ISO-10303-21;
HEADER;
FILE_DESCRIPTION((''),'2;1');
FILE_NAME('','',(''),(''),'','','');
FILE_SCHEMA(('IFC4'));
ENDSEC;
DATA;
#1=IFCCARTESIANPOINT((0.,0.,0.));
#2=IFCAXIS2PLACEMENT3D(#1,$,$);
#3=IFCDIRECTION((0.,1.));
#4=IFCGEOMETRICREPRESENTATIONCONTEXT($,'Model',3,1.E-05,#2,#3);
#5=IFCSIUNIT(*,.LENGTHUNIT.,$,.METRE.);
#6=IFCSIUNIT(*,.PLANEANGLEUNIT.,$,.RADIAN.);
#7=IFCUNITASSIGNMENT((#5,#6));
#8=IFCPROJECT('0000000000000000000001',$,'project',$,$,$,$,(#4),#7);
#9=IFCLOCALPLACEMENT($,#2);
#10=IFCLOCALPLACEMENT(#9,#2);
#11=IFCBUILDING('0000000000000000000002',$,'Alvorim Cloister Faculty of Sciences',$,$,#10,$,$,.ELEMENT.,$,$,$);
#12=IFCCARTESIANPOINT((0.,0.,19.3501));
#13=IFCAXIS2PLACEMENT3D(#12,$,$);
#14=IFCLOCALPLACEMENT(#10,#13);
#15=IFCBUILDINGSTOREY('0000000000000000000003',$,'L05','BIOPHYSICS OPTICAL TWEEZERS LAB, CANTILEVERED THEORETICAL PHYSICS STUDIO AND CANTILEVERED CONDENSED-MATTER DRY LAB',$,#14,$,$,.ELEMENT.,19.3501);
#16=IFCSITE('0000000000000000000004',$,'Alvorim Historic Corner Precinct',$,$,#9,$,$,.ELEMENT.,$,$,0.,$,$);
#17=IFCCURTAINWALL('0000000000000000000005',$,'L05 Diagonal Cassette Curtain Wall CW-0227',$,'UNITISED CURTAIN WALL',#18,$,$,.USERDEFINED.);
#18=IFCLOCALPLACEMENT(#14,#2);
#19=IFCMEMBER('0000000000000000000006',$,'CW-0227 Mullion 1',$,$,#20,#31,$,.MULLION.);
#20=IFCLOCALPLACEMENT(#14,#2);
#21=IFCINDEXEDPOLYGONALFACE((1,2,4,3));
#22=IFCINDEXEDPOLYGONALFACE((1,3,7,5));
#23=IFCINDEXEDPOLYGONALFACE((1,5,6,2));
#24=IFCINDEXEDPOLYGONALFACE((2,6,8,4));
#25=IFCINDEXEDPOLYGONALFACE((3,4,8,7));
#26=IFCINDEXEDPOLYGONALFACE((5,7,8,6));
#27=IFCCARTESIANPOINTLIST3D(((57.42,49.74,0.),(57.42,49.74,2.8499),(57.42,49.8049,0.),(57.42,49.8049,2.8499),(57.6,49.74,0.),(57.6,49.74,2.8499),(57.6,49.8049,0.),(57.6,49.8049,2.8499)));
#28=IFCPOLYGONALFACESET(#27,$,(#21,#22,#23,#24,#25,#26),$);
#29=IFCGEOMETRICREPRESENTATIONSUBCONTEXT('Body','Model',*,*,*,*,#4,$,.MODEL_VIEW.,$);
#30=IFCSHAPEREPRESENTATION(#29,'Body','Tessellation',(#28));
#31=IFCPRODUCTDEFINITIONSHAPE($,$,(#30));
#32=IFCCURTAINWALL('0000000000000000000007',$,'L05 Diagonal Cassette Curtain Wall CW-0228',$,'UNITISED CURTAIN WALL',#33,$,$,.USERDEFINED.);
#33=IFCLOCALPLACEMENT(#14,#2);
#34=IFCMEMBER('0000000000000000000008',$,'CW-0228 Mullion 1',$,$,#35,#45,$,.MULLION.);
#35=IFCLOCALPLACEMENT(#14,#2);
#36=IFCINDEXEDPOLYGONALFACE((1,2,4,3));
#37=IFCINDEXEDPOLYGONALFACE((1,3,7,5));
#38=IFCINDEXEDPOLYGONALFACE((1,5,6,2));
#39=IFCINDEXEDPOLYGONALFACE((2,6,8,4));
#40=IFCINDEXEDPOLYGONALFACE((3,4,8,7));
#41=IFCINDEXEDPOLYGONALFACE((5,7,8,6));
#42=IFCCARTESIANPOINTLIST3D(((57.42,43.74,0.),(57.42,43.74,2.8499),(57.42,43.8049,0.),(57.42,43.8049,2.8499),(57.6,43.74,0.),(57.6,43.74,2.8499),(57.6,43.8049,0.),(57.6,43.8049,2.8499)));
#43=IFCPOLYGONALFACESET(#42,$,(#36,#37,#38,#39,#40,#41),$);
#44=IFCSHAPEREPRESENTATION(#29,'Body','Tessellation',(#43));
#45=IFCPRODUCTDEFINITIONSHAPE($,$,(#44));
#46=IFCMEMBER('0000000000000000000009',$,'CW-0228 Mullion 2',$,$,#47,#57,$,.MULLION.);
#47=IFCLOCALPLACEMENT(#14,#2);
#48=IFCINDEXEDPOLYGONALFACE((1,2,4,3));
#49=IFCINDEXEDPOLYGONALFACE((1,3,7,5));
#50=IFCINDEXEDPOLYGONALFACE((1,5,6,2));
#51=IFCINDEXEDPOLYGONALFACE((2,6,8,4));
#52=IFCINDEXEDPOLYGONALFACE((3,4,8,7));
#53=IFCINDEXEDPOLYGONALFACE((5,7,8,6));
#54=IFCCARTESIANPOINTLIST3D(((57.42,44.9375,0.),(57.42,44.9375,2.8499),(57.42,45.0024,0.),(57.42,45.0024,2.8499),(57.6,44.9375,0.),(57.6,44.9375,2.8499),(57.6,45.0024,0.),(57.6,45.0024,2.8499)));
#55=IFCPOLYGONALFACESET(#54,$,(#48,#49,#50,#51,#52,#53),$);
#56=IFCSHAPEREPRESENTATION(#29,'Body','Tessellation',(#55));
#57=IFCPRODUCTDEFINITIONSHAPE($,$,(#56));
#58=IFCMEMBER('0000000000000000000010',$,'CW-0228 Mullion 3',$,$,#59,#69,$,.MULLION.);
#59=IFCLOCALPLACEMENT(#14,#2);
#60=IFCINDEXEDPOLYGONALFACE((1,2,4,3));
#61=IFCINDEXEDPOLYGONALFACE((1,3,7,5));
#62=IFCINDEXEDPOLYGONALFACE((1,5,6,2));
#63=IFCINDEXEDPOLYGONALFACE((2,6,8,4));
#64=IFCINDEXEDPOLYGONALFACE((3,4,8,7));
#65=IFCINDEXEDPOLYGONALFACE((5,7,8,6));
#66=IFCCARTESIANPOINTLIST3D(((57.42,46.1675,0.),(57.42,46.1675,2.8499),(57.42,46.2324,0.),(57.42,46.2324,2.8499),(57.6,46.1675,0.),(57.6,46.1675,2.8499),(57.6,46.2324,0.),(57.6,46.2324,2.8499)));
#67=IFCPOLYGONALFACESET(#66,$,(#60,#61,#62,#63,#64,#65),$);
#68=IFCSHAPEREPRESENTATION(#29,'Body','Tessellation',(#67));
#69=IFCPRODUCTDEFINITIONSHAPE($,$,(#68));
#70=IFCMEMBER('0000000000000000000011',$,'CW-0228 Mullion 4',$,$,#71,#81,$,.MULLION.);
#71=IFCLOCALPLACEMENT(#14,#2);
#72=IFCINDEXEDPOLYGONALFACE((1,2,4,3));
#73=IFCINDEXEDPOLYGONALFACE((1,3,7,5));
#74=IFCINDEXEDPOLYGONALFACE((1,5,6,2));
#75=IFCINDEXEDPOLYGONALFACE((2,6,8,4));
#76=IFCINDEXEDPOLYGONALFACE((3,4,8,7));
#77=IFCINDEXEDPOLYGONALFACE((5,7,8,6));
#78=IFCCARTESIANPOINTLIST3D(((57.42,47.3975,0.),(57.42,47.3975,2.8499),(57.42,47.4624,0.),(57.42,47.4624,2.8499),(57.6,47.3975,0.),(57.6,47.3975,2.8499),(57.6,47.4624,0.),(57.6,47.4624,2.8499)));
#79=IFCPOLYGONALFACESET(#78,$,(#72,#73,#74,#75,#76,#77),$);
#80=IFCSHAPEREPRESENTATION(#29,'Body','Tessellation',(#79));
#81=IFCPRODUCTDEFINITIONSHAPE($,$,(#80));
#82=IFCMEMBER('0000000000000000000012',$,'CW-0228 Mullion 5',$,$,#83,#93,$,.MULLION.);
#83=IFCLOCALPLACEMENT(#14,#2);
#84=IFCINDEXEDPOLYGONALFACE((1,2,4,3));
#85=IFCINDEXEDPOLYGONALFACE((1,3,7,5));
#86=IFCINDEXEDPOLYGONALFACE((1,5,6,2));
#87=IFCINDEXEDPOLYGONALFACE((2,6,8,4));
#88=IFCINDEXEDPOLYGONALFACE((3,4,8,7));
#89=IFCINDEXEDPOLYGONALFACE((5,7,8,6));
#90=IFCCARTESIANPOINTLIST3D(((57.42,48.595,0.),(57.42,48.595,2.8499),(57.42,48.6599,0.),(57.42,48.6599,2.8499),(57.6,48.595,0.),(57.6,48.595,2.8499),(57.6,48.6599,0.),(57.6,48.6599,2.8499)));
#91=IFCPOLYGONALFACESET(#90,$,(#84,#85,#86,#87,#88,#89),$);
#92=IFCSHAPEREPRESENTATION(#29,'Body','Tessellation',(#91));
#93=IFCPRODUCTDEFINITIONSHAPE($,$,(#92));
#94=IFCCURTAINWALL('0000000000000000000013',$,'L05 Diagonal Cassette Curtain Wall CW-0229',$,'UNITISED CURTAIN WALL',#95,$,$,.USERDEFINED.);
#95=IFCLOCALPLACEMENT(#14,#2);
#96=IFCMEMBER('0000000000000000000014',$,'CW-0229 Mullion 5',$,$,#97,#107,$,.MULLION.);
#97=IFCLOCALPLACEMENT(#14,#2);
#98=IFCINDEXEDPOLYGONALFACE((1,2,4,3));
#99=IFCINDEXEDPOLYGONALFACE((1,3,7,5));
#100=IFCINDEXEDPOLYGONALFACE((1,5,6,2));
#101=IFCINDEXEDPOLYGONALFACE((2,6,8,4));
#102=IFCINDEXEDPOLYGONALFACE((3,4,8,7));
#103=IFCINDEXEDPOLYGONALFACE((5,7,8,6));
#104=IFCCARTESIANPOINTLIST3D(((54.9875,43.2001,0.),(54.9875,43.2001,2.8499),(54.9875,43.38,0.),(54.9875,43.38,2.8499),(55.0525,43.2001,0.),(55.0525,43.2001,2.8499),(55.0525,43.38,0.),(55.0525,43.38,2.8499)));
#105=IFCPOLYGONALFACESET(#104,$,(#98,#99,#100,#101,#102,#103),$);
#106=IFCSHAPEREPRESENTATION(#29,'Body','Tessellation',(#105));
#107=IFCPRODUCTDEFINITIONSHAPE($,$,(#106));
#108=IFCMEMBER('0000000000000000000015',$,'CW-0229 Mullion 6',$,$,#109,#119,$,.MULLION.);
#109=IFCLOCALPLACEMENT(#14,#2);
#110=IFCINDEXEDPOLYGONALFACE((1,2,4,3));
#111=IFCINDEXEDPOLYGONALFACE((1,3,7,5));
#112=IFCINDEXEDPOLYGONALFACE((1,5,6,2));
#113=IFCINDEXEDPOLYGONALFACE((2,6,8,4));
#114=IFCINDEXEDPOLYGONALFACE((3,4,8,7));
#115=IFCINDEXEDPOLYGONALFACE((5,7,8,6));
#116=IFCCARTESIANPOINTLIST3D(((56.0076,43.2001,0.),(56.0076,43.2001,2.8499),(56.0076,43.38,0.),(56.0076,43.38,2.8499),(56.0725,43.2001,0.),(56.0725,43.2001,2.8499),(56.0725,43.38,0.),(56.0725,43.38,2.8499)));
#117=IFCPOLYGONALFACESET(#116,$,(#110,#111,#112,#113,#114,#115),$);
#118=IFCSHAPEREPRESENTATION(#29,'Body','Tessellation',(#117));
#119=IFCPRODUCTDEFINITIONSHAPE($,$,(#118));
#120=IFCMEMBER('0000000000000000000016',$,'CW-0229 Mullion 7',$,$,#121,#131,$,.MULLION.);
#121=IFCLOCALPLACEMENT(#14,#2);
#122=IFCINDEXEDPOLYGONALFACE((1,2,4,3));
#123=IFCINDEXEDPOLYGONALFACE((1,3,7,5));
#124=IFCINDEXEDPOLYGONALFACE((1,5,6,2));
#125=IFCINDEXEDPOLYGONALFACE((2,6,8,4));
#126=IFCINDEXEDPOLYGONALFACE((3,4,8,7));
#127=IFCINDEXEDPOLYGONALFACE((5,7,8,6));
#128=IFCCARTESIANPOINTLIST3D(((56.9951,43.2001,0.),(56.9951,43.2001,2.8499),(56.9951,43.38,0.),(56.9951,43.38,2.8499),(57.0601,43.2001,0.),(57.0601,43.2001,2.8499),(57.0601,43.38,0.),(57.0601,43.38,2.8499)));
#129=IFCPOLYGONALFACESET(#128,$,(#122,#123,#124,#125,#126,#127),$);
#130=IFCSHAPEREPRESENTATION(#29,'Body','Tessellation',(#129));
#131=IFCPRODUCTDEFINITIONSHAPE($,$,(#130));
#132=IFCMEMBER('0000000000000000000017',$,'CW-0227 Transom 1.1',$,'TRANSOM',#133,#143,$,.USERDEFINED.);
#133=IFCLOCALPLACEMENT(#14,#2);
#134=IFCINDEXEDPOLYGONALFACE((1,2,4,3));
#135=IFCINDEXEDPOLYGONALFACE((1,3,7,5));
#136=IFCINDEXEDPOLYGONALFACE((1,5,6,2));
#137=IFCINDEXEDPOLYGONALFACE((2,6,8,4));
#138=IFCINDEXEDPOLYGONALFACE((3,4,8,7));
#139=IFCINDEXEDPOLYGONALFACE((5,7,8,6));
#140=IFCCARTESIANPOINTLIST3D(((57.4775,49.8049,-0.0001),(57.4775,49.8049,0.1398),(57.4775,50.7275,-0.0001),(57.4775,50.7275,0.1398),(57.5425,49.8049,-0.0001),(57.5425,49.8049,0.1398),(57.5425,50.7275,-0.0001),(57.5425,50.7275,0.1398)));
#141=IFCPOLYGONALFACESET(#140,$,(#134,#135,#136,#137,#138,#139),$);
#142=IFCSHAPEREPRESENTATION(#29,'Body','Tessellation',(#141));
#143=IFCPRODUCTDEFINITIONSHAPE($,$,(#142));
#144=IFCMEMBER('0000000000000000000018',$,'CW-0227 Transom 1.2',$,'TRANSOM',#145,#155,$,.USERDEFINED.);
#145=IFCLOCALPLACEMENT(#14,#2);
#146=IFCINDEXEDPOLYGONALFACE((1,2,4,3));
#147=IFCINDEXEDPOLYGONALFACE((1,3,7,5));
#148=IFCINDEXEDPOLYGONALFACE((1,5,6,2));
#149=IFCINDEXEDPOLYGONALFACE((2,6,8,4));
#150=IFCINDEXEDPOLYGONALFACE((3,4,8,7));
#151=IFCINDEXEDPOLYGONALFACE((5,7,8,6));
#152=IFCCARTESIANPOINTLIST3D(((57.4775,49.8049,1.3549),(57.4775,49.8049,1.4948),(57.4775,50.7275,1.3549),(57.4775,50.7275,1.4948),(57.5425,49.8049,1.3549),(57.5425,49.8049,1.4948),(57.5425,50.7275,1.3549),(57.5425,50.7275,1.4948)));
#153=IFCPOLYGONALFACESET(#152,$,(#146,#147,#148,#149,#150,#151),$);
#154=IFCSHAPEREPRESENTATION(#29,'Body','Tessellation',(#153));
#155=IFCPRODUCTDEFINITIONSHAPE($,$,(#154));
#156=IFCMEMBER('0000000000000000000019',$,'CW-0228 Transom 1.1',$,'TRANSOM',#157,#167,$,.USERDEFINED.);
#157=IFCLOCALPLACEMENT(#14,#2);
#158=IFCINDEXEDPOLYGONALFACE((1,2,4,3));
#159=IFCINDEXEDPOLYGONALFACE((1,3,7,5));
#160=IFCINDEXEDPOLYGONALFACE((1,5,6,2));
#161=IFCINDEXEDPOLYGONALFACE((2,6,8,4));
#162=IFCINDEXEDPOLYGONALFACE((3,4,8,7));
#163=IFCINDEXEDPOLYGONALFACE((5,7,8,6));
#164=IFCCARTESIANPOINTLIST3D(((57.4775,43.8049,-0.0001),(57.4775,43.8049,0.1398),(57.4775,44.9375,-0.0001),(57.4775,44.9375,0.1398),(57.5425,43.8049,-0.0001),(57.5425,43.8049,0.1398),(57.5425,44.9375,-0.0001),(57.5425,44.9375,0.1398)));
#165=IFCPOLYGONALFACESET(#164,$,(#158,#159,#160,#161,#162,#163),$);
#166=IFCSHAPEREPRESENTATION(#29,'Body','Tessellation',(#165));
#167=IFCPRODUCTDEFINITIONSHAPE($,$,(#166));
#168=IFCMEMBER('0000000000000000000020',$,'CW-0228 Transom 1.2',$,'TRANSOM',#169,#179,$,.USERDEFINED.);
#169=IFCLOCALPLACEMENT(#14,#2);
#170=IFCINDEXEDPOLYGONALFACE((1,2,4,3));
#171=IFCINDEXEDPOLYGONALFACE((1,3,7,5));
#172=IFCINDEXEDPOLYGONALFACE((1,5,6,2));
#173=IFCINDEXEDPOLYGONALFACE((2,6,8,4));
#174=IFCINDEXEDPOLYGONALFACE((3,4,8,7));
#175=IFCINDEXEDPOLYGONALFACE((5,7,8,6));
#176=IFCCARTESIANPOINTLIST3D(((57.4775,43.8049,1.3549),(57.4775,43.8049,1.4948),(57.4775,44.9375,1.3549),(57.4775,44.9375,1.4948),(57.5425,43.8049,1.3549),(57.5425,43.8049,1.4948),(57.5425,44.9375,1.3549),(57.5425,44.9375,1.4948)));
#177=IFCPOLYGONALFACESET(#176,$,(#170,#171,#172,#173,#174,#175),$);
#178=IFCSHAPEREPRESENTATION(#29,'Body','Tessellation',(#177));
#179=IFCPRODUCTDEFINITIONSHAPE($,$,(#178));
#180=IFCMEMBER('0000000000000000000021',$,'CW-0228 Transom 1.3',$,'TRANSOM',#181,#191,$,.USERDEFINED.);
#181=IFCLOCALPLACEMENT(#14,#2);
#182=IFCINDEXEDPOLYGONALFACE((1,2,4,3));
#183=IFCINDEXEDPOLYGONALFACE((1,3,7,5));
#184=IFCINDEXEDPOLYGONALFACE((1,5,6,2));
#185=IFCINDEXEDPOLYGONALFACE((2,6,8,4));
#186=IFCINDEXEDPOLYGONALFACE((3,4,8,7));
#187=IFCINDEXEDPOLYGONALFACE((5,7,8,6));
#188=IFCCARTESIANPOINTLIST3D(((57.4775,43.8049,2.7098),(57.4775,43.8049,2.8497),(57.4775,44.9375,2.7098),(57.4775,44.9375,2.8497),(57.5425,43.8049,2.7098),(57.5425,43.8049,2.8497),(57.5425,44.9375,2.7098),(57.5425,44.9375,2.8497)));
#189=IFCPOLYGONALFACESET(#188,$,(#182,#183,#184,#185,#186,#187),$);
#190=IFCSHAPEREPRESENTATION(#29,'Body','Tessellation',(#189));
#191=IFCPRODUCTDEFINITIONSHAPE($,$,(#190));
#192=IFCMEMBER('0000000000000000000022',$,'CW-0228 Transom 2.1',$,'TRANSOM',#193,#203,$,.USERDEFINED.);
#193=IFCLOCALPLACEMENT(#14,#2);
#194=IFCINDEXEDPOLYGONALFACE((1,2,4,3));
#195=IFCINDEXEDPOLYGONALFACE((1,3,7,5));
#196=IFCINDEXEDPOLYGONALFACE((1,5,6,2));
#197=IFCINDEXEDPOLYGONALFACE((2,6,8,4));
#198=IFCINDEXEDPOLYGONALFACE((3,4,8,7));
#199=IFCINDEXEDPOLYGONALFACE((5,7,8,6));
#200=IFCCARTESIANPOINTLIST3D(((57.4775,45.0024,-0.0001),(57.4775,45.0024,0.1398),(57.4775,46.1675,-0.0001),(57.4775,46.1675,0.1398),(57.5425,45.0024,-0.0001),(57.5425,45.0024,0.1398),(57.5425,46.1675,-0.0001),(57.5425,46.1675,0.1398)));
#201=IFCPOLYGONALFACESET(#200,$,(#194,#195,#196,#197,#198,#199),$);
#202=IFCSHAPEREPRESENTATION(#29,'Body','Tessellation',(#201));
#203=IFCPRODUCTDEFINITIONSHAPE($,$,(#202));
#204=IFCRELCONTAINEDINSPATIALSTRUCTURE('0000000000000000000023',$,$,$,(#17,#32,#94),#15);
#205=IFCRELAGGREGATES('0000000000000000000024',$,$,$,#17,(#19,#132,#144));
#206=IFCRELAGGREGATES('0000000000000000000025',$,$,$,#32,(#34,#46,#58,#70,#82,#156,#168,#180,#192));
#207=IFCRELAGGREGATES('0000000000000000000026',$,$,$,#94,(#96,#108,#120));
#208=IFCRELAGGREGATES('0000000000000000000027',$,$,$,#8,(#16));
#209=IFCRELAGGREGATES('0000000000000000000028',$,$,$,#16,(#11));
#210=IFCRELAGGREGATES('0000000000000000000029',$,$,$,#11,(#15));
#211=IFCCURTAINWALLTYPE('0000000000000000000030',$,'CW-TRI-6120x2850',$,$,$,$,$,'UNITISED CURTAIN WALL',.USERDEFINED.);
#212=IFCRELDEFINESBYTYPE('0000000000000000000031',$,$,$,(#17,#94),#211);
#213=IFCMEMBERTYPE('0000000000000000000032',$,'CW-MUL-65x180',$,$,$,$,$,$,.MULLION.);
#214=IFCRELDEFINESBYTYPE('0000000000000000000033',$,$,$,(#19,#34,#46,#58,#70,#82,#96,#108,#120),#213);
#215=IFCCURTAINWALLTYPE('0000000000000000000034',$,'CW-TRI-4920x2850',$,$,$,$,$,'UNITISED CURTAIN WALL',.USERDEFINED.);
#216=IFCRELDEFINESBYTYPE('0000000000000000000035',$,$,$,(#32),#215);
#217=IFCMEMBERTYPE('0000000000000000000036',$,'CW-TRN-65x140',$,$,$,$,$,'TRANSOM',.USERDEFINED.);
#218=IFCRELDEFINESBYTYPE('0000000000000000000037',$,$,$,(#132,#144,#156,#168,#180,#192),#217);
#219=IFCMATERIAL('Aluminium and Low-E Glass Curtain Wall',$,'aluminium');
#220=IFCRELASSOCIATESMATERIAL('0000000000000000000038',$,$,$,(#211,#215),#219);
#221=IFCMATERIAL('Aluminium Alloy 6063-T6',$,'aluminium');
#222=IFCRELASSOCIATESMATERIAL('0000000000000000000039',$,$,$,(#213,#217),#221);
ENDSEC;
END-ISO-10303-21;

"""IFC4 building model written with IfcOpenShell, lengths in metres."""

from ifc_helpers import new_model, si_unit, direction, frame, origin, origin_2d, place, context, subcontext, project, spatial, rectangle, extrude, material, material_profile, profile_set, type_object, element, aggregate, save


model = new_model("IFC4")

# Units and contexts
model_context = context("Model", 3, precision=1e-05, world=origin(), true_north=direction((0.0, 1.0)))
body_context = subcontext(model_context, "Body", "Model", "MODEL_VIEW")
ifc_project = project(units=[si_unit("LENGTHUNIT", "METRE"), si_unit("PLANEANGLEUNIT", "RADIAN")], contexts=[model_context])

# Site, building, storey
site_placement = place(None, origin())
site = spatial("IfcSite", under=ifc_project, at=site_placement, Name="Alvorim Historic Corner Precinct", CompositionType="ELEMENT", RefElevation=0.0)
building_placement = place(site_placement, origin())
building = spatial("IfcBuilding", under=site, at=building_placement, Name="Alvorim Cloister Faculty of Sciences", CompositionType="ELEMENT")
storey_placement = place(building_placement, frame((0.0, 0.0, 19.3501)))
storey = spatial("IfcBuildingStorey", under=building, at=storey_placement, Name="L05", Description="BIOPHYSICS OPTICAL TWEEZERS LAB, CANTILEVERED THEORETICAL PHYSICS STUDIO AND CANTILEVERED CONDENSED-MATTER DRY LAB", CompositionType="ELEMENT", Elevation=19.3501)

# Curtain wall, member
ifc_material_1 = material(Name="Aluminium and Low-E Glass Curtain Wall", Category="aluminium")
curtain_wall_type_1 = type_object("IfcCurtainWallType", Name="CW-TRI-6120x2850", ElementType="UNITISED CURTAIN WALL", PredefinedType="USERDEFINED", material=ifc_material_1)
curtain_wall_1_placement = place(storey_placement, origin())
curtain_wall_1 = element("IfcCurtainWall", 1, at=curtain_wall_1_placement, inside=storey, type_object=curtain_wall_type_1, Name="L05 Diagonal Cassette Curtain Wall CW-0227", ObjectType="UNITISED CURTAIN WALL", PredefinedType="USERDEFINED")
ifc_material_2 = material(Name="Aluminium Alloy 6063-T6", Category="aluminium")
ifc_material_profile_1 = material_profile(ifc_material_2, rectangle(XDim=0.0649, YDim=0.1799, at=origin_2d()), Name="ALU-MUL-65x180")
ifc_profile_set_1 = profile_set([ifc_material_profile_1], Name="Aluminium Alloy 6063-T6")
member_type_1 = type_object("IfcMemberType", Name="CW-MUL-65x180", PredefinedType="MULLION", material=ifc_profile_set_1)
member_1_placement = place(storey_placement, frame((57.51, 49.7725, 0.0), z_axis=(0.0, 0.0, 1.0), x_axis=(0.0, 1.0, 0.0)))
member_1 = element("IfcMember", 2, at=member_1_placement, type_object=member_type_1, Name="CW-0227 Mullion 1", PredefinedType="MULLION", context=body_context, shape_type="SweptSolid", body=[
    extrude(rectangle(XDim=0.0649, YDim=0.1799, at=origin_2d()), origin(), (0.0, 0.0, 1.0), 2.8499),
])

# Curtain walls, members
curtain_wall_type_2 = type_object("IfcCurtainWallType", Name="CW-TRI-4920x2850", ElementType="UNITISED CURTAIN WALL", PredefinedType="USERDEFINED", material=ifc_material_1)
curtain_wall_2_placement = place(storey_placement, origin())
curtain_wall_2 = element("IfcCurtainWall", 3, at=curtain_wall_2_placement, inside=storey, type_object=curtain_wall_type_2, Name="L05 Diagonal Cassette Curtain Wall CW-0228", ObjectType="UNITISED CURTAIN WALL", PredefinedType="USERDEFINED")
member_2_placement = place(storey_placement, frame((57.51, 43.7725, 0.0), z_axis=(0.0, 0.0, 1.0), x_axis=(0.0, 1.0, 0.0)))
member_2 = element("IfcMember", 4, at=member_2_placement, type_object=member_type_1, Name="CW-0228 Mullion 1", PredefinedType="MULLION", context=body_context, shape_type="SweptSolid", body=[
    extrude(rectangle(XDim=0.0649, YDim=0.1799, at=origin_2d()), origin(), (0.0, 0.0, 1.0), 2.8499),
])
member_3_placement = place(storey_placement, frame((57.51, 44.97, 0.0), z_axis=(0.0, 0.0, 1.0), x_axis=(0.0, 1.0, 0.0)))
member_3 = element("IfcMember", 5, at=member_3_placement, type_object=member_type_1, Name="CW-0228 Mullion 2", PredefinedType="MULLION", context=body_context, shape_type="SweptSolid", body=[
    extrude(rectangle(XDim=0.0649, YDim=0.1799, at=origin_2d()), origin(), (0.0, 0.0, 1.0), 2.8499),
])
member_4_placement = place(storey_placement, frame((57.51, 46.2, 0.0), z_axis=(0.0, 0.0, 1.0), x_axis=(0.0, 1.0, 0.0)))
member_4 = element("IfcMember", 6, at=member_4_placement, type_object=member_type_1, Name="CW-0228 Mullion 3", PredefinedType="MULLION", context=body_context, shape_type="SweptSolid", body=[
    extrude(rectangle(XDim=0.0649, YDim=0.1799, at=origin_2d()), origin(), (0.0, 0.0, 1.0), 2.8499),
])
member_5_placement = place(storey_placement, frame((57.51, 47.4299, 0.0), z_axis=(0.0, 0.0, 1.0), x_axis=(0.0, 1.0, 0.0)))
member_5 = element("IfcMember", 7, at=member_5_placement, type_object=member_type_1, Name="CW-0228 Mullion 4", PredefinedType="MULLION", context=body_context, shape_type="SweptSolid", body=[
    extrude(rectangle(XDim=0.0649, YDim=0.1799, at=origin_2d()), origin(), (0.0, 0.0, 1.0), 2.8499),
])
member_6_placement = place(storey_placement, frame((57.51, 48.6274, 0.0), z_axis=(0.0, 0.0, 1.0), x_axis=(0.0, 1.0, 0.0)))
member_6 = element("IfcMember", 8, at=member_6_placement, type_object=member_type_1, Name="CW-0228 Mullion 5", PredefinedType="MULLION", context=body_context, shape_type="SweptSolid", body=[
    extrude(rectangle(XDim=0.0649, YDim=0.1799, at=origin_2d()), origin(), (0.0, 0.0, 1.0), 2.8499),
])
curtain_wall_3_placement = place(storey_placement, origin())
curtain_wall_3 = element("IfcCurtainWall", 9, at=curtain_wall_3_placement, inside=storey, type_object=curtain_wall_type_1, Name="L05 Diagonal Cassette Curtain Wall CW-0229", ObjectType="UNITISED CURTAIN WALL", PredefinedType="USERDEFINED")
member_7_placement = place(storey_placement, frame((55.02, 43.29, 0.0), z_axis=(0.0, 0.0, 1.0), x_axis=(1.0, 0.0, 0.0)))
member_7 = element("IfcMember", 10, at=member_7_placement, type_object=member_type_1, Name="CW-0229 Mullion 5", PredefinedType="MULLION", context=body_context, shape_type="SweptSolid", body=[
    extrude(rectangle(XDim=0.0649, YDim=0.1799, at=origin_2d()), origin(), (0.0, 0.0, 1.0), 2.8499),
])
member_8_placement = place(storey_placement, frame((56.04, 43.29, 0.0), z_axis=(0.0, 0.0, 1.0), x_axis=(1.0, 0.0, 0.0)))
member_8 = element("IfcMember", 11, at=member_8_placement, type_object=member_type_1, Name="CW-0229 Mullion 6", PredefinedType="MULLION", context=body_context, shape_type="SweptSolid", body=[
    extrude(rectangle(XDim=0.0649, YDim=0.1799, at=origin_2d()), origin(), (0.0, 0.0, 1.0), 2.8499),
])
member_9_placement = place(storey_placement, frame((57.0276, 43.29, 0.0), z_axis=(0.0, 0.0, 1.0), x_axis=(1.0, 0.0, 0.0)))
member_9 = element("IfcMember", 12, at=member_9_placement, type_object=member_type_1, Name="CW-0229 Mullion 7", PredefinedType="MULLION", context=body_context, shape_type="SweptSolid", body=[
    extrude(rectangle(XDim=0.0649, YDim=0.1799, at=origin_2d()), origin(), (0.0, 0.0, 1.0), 2.8499),
])

# Members
ifc_material_profile_2 = material_profile(ifc_material_2, rectangle(XDim=0.0649, YDim=0.1399, at=origin_2d()), Name="ALU-TRN-65x140")
ifc_profile_set_2 = profile_set([ifc_material_profile_2], Name="Aluminium Alloy 6063-T6")
member_type_2 = type_object("IfcMemberType", Name="CW-TRN-65x140", ElementType="TRANSOM", PredefinedType="USERDEFINED", material=ifc_profile_set_2)
member_10_placement = place(storey_placement, frame((57.51, 49.8049, 0.0698), z_axis=(0.0, 1.0, 0.0), x_axis=(-1.0, 0.0, 0.0)))
member_10 = element("IfcMember", 13, at=member_10_placement, type_object=member_type_2, Name="CW-0227 Transom 1.1", ObjectType="TRANSOM", PredefinedType="USERDEFINED", context=body_context, shape_type="SweptSolid", body=[
    extrude(rectangle(XDim=0.0649, YDim=0.1399, at=origin_2d()), origin(), (0.0, 0.0, 1.0), 0.9226),
])
member_11_placement = place(storey_placement, frame((57.51, 49.8049, 1.4248), z_axis=(0.0, 1.0, 0.0), x_axis=(-1.0, 0.0, 0.0)))
member_11 = element("IfcMember", 14, at=member_11_placement, type_object=member_type_2, Name="CW-0227 Transom 1.2", ObjectType="TRANSOM", PredefinedType="USERDEFINED", context=body_context, shape_type="SweptSolid", body=[
    extrude(rectangle(XDim=0.0649, YDim=0.1399, at=origin_2d()), origin(), (0.0, 0.0, 1.0), 0.9226),
])
aggregate(curtain_wall_1, [member_1, member_10, member_11])
member_12_placement = place(storey_placement, frame((57.51, 43.8049, 0.0698), z_axis=(0.0, 1.0, 0.0), x_axis=(-1.0, 0.0, 0.0)))
member_12 = element("IfcMember", 15, at=member_12_placement, type_object=member_type_2, Name="CW-0228 Transom 1.1", ObjectType="TRANSOM", PredefinedType="USERDEFINED", context=body_context, shape_type="SweptSolid", body=[
    extrude(rectangle(XDim=0.0649, YDim=0.1399, at=origin_2d()), origin(), (0.0, 0.0, 1.0), 1.1326),
])
member_13_placement = place(storey_placement, frame((57.51, 43.8049, 1.4248), z_axis=(0.0, 1.0, 0.0), x_axis=(-1.0, 0.0, 0.0)))
member_13 = element("IfcMember", 16, at=member_13_placement, type_object=member_type_2, Name="CW-0228 Transom 1.2", ObjectType="TRANSOM", PredefinedType="USERDEFINED", context=body_context, shape_type="SweptSolid", body=[
    extrude(rectangle(XDim=0.0649, YDim=0.1399, at=origin_2d()), origin(), (0.0, 0.0, 1.0), 1.1326),
])
member_14_placement = place(storey_placement, frame((57.51, 43.8049, 2.7798), z_axis=(0.0, 1.0, 0.0), x_axis=(-1.0, 0.0, 0.0)))
member_14 = element("IfcMember", 17, at=member_14_placement, type_object=member_type_2, Name="CW-0228 Transom 1.3", ObjectType="TRANSOM", PredefinedType="USERDEFINED", context=body_context, shape_type="SweptSolid", body=[
    extrude(rectangle(XDim=0.0649, YDim=0.1399, at=origin_2d()), origin(), (0.0, 0.0, 1.0), 1.1326),
])
member_15_placement = place(storey_placement, frame((57.51, 45.0024, 0.0698), z_axis=(0.0, 1.0, 0.0), x_axis=(-1.0, 0.0, 0.0)))
member_15 = element("IfcMember", 18, at=member_15_placement, type_object=member_type_2, Name="CW-0228 Transom 2.1", ObjectType="TRANSOM", PredefinedType="USERDEFINED", context=body_context, shape_type="SweptSolid", body=[
    extrude(rectangle(XDim=0.0649, YDim=0.1399, at=origin_2d()), origin(), (0.0, 0.0, 1.0), 1.165),
])
aggregate(curtain_wall_2, [member_2, member_3, member_4, member_5, member_6, member_12, member_13, member_14, member_15])
aggregate(curtain_wall_3, [member_7, member_8, member_9])

save(model, "model.ifc")
